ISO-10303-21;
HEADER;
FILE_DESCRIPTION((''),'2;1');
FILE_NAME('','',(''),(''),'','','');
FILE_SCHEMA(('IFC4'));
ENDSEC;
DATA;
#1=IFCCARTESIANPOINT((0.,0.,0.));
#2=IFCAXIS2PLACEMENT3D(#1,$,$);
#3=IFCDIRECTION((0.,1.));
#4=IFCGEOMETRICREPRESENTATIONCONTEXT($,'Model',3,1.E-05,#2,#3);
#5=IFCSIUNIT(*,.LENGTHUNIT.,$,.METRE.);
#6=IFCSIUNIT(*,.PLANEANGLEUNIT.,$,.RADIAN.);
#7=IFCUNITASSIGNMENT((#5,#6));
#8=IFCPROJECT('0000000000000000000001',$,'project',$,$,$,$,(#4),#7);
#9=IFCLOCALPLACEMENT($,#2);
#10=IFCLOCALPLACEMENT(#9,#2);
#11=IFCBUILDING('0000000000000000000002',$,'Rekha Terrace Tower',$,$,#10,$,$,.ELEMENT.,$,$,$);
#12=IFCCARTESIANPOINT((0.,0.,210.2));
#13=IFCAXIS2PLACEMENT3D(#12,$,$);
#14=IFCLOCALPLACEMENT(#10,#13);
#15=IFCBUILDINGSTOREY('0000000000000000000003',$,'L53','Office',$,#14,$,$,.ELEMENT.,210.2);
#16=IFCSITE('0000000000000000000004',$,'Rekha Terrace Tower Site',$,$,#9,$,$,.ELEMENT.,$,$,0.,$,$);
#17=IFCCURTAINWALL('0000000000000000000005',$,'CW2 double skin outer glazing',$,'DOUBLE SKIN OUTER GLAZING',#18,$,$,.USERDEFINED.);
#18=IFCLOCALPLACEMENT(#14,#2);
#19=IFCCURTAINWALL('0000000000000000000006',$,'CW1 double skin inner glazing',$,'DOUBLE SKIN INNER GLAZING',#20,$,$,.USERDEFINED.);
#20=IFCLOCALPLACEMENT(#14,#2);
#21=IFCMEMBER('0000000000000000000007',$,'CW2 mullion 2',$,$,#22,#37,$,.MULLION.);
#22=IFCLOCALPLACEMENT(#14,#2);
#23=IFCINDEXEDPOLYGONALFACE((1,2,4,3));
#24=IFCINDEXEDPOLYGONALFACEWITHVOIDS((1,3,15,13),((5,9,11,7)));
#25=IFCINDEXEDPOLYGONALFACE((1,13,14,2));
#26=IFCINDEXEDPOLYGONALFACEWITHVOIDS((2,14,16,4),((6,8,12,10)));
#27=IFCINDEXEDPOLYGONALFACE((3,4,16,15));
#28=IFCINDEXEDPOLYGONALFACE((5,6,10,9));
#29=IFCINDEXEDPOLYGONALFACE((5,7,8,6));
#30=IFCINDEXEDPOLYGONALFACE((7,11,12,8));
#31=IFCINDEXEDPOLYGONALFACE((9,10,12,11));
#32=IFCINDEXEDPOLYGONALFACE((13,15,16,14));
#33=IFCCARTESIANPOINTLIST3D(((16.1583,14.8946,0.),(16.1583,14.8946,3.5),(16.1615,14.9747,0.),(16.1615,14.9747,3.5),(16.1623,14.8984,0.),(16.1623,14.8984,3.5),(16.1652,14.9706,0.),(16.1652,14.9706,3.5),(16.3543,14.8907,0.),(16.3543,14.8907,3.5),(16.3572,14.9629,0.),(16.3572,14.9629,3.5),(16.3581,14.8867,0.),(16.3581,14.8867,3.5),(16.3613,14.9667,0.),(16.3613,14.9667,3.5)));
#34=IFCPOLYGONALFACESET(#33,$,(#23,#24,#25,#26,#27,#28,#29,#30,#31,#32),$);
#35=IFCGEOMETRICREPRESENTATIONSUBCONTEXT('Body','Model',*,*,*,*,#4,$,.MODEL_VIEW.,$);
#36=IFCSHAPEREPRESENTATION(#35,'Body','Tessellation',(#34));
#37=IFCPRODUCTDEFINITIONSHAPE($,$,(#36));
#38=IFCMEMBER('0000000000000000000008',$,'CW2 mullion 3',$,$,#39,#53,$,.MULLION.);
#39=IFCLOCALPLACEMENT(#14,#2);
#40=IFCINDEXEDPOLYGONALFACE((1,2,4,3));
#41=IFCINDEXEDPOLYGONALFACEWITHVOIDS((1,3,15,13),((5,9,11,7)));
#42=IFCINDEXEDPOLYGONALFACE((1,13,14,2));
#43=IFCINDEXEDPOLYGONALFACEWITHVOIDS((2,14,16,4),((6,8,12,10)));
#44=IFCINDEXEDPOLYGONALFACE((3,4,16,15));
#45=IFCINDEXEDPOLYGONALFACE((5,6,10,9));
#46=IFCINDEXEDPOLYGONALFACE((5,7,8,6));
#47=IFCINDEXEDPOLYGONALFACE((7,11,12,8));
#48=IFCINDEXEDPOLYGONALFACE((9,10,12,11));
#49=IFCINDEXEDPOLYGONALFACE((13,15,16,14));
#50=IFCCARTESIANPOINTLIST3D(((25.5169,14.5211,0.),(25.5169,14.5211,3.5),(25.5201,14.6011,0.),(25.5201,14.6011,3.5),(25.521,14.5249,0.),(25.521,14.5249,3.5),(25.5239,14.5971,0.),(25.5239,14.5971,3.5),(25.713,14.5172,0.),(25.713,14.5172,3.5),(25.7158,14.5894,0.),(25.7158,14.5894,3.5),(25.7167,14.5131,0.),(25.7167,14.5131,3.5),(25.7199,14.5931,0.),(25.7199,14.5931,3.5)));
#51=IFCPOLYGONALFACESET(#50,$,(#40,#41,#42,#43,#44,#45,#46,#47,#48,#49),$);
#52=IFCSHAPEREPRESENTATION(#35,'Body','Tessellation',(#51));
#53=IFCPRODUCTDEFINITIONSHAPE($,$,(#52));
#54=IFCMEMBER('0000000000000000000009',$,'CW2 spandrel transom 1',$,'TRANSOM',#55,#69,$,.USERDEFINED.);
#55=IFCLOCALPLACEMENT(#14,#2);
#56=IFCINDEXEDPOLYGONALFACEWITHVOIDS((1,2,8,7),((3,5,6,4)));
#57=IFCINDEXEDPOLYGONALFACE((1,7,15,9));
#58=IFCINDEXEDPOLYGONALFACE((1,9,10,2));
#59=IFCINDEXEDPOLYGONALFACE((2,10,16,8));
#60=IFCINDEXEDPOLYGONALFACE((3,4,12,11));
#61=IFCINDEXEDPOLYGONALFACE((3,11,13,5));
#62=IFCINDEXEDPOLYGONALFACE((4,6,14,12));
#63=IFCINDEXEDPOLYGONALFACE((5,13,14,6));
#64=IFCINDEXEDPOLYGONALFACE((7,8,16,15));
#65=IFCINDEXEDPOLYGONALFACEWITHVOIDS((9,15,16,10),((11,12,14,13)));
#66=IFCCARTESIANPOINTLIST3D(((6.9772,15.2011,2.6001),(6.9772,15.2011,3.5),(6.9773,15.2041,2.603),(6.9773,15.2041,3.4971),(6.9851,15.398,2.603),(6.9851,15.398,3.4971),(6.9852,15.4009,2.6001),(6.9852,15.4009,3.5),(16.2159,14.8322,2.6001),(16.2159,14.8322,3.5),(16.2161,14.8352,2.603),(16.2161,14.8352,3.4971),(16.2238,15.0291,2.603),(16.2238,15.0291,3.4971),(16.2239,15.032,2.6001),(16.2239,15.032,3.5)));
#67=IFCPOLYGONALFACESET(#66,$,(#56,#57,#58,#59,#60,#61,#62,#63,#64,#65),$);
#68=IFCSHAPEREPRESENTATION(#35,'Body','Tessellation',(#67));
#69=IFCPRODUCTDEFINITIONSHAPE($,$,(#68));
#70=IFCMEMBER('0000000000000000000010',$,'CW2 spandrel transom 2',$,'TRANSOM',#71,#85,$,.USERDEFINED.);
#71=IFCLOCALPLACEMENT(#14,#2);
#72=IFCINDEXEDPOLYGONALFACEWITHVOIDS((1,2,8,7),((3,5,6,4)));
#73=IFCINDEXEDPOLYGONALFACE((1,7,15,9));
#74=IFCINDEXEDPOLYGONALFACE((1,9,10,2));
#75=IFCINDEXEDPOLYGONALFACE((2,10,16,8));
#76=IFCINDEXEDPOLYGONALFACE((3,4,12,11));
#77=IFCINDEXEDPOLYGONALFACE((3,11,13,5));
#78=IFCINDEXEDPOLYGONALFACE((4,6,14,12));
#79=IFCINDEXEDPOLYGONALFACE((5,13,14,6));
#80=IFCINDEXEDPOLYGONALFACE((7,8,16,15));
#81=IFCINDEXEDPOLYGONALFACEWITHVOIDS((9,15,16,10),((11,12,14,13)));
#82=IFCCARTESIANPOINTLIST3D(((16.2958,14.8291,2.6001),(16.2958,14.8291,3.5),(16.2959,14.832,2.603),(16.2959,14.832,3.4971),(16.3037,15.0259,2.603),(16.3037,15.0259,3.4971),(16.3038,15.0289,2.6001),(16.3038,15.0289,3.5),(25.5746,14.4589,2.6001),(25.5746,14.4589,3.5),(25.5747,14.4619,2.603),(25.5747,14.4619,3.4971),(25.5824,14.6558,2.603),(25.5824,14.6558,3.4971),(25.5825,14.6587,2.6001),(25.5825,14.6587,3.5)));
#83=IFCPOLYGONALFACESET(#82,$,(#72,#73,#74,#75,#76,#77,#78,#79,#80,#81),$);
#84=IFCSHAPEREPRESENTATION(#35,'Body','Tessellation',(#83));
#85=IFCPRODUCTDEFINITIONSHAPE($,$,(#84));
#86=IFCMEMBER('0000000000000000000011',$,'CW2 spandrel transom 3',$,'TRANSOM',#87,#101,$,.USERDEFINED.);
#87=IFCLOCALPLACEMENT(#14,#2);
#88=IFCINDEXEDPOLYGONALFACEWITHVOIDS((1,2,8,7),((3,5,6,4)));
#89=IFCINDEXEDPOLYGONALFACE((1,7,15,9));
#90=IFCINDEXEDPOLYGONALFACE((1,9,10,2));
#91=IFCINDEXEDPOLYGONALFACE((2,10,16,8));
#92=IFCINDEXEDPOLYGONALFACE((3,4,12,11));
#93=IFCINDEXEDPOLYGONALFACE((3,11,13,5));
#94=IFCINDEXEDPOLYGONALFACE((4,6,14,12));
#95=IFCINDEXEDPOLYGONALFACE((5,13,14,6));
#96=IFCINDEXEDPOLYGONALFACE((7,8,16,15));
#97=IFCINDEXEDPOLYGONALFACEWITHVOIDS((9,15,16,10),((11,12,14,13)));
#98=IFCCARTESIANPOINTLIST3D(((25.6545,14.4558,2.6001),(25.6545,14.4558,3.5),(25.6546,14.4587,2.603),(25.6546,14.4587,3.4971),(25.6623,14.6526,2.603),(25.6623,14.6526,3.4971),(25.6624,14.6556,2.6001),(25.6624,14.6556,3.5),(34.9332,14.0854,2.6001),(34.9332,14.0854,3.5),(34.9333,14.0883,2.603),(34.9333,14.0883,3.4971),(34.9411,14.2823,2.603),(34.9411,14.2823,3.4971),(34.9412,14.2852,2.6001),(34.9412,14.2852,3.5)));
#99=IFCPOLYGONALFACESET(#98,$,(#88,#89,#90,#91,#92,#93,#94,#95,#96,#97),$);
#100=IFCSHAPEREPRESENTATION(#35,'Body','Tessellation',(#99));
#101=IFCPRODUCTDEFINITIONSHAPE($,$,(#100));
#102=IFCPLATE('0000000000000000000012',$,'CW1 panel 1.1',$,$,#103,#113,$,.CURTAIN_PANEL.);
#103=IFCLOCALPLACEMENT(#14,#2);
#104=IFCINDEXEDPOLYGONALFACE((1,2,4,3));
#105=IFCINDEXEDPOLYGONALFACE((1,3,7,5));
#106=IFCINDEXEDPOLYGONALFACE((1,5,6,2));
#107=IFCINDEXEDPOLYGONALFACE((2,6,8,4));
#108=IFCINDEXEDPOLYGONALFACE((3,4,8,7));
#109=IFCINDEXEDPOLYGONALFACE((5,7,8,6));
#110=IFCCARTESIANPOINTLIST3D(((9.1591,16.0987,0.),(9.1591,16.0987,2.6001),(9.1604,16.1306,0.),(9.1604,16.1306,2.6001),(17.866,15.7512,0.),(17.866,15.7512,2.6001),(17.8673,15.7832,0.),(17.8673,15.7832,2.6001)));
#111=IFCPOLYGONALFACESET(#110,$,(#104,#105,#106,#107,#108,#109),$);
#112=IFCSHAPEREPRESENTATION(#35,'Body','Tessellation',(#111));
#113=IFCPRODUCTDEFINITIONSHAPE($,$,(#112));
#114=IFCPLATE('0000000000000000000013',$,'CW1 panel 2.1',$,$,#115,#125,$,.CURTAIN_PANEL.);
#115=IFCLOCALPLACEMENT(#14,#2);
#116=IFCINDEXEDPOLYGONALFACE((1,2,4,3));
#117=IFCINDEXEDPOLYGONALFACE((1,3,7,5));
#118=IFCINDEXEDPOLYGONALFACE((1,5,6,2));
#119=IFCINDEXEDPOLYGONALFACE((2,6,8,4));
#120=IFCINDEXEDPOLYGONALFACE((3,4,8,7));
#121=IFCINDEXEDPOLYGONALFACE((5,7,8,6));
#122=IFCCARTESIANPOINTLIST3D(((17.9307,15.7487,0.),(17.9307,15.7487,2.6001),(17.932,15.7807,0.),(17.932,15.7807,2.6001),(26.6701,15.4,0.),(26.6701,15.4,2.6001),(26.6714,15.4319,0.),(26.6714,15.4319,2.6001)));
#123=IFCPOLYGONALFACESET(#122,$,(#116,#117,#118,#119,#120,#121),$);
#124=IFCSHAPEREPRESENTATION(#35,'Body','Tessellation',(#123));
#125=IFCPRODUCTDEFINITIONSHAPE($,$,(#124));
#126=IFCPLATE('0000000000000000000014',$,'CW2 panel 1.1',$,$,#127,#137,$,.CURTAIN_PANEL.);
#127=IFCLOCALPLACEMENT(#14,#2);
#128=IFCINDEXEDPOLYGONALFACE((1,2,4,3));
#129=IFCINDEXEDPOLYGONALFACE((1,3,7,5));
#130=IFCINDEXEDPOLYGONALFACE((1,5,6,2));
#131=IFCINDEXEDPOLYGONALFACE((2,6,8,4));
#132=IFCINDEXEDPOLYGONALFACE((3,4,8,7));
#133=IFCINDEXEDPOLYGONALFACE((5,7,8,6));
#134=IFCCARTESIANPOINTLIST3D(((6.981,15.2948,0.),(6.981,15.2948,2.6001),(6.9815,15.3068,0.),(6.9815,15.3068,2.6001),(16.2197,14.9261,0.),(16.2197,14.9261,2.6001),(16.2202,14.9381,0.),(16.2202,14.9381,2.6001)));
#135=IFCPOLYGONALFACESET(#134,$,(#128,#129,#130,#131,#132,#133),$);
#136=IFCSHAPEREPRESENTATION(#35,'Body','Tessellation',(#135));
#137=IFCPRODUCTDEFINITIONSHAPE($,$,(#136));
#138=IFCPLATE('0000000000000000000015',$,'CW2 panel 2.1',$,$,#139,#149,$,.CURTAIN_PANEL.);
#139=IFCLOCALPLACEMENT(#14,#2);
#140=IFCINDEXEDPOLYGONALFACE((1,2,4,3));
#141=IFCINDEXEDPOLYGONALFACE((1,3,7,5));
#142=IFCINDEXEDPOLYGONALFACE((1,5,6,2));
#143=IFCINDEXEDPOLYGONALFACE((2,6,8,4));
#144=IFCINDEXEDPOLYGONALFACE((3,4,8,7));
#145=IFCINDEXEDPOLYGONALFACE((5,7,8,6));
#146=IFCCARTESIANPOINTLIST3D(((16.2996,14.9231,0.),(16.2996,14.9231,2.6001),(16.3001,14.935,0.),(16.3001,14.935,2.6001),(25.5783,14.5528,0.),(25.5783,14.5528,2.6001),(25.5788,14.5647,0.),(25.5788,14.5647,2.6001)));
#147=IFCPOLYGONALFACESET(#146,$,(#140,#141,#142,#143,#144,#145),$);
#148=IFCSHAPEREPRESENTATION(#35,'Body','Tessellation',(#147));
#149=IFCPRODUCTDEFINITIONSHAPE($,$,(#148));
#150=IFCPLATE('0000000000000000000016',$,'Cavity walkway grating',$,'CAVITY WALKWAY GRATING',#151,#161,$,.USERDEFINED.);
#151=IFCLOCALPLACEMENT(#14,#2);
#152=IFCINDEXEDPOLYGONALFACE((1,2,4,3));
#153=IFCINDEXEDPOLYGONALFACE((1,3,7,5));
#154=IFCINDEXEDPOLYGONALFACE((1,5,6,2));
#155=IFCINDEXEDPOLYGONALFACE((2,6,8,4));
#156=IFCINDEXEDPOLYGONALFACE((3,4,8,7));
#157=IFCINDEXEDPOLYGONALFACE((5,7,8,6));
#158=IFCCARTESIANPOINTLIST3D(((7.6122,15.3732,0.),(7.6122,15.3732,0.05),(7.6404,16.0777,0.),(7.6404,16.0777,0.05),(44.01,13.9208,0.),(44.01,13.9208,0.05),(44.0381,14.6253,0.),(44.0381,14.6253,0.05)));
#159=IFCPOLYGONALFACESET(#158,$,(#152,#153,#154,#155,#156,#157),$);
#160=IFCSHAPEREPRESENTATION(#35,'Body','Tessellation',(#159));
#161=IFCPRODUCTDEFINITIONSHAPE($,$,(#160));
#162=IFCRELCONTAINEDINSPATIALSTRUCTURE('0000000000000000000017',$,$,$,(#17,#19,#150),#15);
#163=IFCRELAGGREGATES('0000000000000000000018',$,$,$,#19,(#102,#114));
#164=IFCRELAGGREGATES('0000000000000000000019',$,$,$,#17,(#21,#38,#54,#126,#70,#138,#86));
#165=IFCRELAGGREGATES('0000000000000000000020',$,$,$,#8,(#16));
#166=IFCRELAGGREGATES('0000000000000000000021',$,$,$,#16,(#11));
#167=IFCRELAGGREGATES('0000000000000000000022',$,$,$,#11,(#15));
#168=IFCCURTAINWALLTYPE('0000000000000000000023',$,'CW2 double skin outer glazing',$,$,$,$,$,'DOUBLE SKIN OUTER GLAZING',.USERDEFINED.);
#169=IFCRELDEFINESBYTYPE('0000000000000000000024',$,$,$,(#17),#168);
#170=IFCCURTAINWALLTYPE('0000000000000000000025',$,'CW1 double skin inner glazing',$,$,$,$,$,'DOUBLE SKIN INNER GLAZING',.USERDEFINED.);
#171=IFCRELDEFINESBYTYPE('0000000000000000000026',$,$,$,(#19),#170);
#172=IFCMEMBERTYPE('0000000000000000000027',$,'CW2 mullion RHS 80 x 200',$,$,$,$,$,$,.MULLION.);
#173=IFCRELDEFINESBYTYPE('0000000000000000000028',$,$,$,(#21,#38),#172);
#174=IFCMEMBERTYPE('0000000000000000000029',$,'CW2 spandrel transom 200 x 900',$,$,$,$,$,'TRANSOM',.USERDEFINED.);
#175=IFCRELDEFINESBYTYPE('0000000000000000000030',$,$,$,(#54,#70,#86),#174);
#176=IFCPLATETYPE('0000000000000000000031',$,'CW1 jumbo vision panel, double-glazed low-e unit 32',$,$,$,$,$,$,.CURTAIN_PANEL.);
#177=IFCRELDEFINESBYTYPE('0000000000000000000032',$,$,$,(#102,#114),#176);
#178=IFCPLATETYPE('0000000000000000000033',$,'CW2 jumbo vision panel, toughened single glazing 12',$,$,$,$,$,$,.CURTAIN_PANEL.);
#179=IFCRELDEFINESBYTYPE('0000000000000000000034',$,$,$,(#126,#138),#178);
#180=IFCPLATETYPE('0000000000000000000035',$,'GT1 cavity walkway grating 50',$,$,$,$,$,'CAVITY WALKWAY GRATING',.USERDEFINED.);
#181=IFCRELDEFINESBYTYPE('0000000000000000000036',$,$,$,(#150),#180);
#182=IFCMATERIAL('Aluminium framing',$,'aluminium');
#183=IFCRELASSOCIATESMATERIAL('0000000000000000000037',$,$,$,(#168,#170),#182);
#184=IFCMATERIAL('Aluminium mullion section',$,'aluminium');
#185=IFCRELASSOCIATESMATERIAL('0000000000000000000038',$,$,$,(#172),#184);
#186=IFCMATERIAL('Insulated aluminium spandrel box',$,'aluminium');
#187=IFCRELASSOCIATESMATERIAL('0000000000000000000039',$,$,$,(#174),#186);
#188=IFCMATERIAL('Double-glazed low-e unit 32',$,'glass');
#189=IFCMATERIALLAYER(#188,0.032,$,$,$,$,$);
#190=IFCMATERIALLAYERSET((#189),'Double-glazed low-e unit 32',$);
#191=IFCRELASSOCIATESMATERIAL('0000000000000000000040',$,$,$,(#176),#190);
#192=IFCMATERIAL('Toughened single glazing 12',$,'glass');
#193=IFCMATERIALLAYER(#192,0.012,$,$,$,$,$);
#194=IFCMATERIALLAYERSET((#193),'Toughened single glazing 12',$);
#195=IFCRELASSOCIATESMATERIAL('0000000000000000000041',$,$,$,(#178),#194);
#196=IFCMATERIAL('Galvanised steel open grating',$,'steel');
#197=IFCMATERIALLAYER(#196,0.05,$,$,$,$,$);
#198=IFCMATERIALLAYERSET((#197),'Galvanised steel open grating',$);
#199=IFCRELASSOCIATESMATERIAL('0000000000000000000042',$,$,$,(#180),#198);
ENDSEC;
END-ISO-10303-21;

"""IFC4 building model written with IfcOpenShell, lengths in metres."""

from ifc_helpers import new_model, si_unit, direction, frame, origin, origin_2d, place, context, subcontext, project, spatial, rectangle, hollow_rectangle, extrude, material, layer, layer_set, material_profile, profile_set, type_object, element, aggregate, save


model = new_model("IFC4")

# Units and contexts
model_context = context("Model", 3, precision=1e-05, world=origin(), true_north=direction((0.0, 1.0)))
body_context = subcontext(model_context, "Body", "Model", "MODEL_VIEW")
ifc_project = project(units=[si_unit("LENGTHUNIT", "METRE"), si_unit("PLANEANGLEUNIT", "RADIAN")], contexts=[model_context])

# Site, building, storey
site_placement = place(None, origin())
site = spatial("IfcSite", under=ifc_project, at=site_placement, Name="Rekha Terrace Tower Site", CompositionType="ELEMENT", RefElevation=0.0)
building_placement = place(site_placement, origin())
building = spatial("IfcBuilding", under=site, at=building_placement, Name="Rekha Terrace Tower", CompositionType="ELEMENT")
storey_placement = place(building_placement, frame((0.0, 0.0, 210.2)))
storey = spatial("IfcBuildingStorey", under=building, at=storey_placement, Name="L53", Description="Office", CompositionType="ELEMENT", Elevation=210.2)

# Curtain walls
ifc_material_1 = material(Name="Aluminium framing", Category="aluminium")
curtain_wall_type_1 = type_object("IfcCurtainWallType", Name="CW2 double skin outer glazing", ElementType="DOUBLE SKIN OUTER GLAZING", PredefinedType="USERDEFINED", material=ifc_material_1)
curtain_wall_1_placement = place(storey_placement, origin())
curtain_wall_1 = element("IfcCurtainWall", 1, at=curtain_wall_1_placement, inside=storey, type_object=curtain_wall_type_1, Name="CW2 double skin outer glazing", ObjectType="DOUBLE SKIN OUTER GLAZING", PredefinedType="USERDEFINED")
curtain_wall_type_2 = type_object("IfcCurtainWallType", Name="CW1 double skin inner glazing", ElementType="DOUBLE SKIN INNER GLAZING", PredefinedType="USERDEFINED", material=ifc_material_1)
curtain_wall_2_placement = place(storey_placement, origin())
curtain_wall_2 = element("IfcCurtainWall", 2, at=curtain_wall_2_placement, inside=storey, type_object=curtain_wall_type_2, Name="CW1 double skin inner glazing", ObjectType="DOUBLE SKIN INNER GLAZING", PredefinedType="USERDEFINED")
ifc_material_2 = material(Name="Aluminium mullion section", Category="aluminium")

# Members
ifc_material_3 = material(Name="Insulated aluminium spandrel box", Category="aluminium")
ifc_material_profile_1 = material_profile(ifc_material_2, hollow_rectangle(XDim=0.0801, YDim=0.2, WallThickness=0.0039, at=origin_2d()), Name="AL RHS 80x200")
ifc_profile_set_1 = profile_set([ifc_material_profile_1], Name="Aluminium mullion section")
member_type_1 = type_object("IfcMemberType", Name="CW2 mullion RHS 80 x 200", PredefinedType="MULLION", material=ifc_profile_set_1)
member_1_placement = place(storey_placement, frame((16.2598, 14.9307, 0.0), z_axis=(0.0, 0.0, 1.0), x_axis=(0.039872, 0.999205, 0.0)))
member_1 = element("IfcMember", 3, at=member_1_placement, type_object=member_type_1, Name="CW2 mullion 2", PredefinedType="MULLION", context=body_context, shape_type="SweptSolid", body=[
    extrude(hollow_rectangle(XDim=0.0801, YDim=0.2, WallThickness=0.0039, at=origin_2d()), origin(), (0.0, 0.0, 1.0), 3.5),
])
member_2_placement = place(storey_placement, frame((25.6184, 14.5571, 0.0), z_axis=(0.0, 0.0, 1.0), x_axis=(0.039872, 0.999205, 0.0)))
member_2 = element("IfcMember", 4, at=member_2_placement, type_object=member_type_1, Name="CW2 mullion 3", PredefinedType="MULLION", context=body_context, shape_type="SweptSolid", body=[
    extrude(hollow_rectangle(XDim=0.0801, YDim=0.2, WallThickness=0.0039, at=origin_2d()), origin(), (0.0, 0.0, 1.0), 3.5),
])
ifc_material_profile_2 = material_profile(ifc_material_3, hollow_rectangle(XDim=0.2, YDim=0.8999, WallThickness=0.0029, at=origin_2d()), Name="AL SPANDREL BOX 200x900")
ifc_profile_set_2 = profile_set([ifc_material_profile_2], Name="Insulated aluminium spandrel box")
member_type_2 = type_object("IfcMemberType", Name="CW2 spandrel transom 200 x 900", ElementType="TRANSOM", PredefinedType="USERDEFINED", material=ifc_profile_set_2)
member_3_placement = place(storey_placement, frame((6.9812, 15.301, 3.05), z_axis=(0.999204, -0.039897, 0.0), x_axis=(0.039897, 0.999204, 0.0)))
member_3 = element("IfcMember", 5, at=member_3_placement, type_object=member_type_2, Name="CW2 spandrel transom 1", ObjectType="TRANSOM", PredefinedType="USERDEFINED", context=body_context, shape_type="SweptSolid", body=[
    extrude(hollow_rectangle(XDim=0.2, YDim=0.8999, WallThickness=0.0029, at=origin_2d()), origin(), (0.0, 0.0, 1.0), 9.2461),
])
member_4_placement = place(storey_placement, frame((16.2998, 14.929, 3.05), z_axis=(0.999205, -0.039857, 0.0), x_axis=(0.039857, 0.999205, 0.0)))
member_4 = element("IfcMember", 6, at=member_4_placement, type_object=member_type_2, Name="CW2 spandrel transom 2", ObjectType="TRANSOM", PredefinedType="USERDEFINED", context=body_context, shape_type="SweptSolid", body=[
    extrude(hollow_rectangle(XDim=0.2, YDim=0.8999, WallThickness=0.0029, at=origin_2d()), origin(), (0.0, 0.0, 1.0), 9.2861),
])
member_5_placement = place(storey_placement, frame((25.6584, 14.5557, 3.05), z_axis=(0.999204, -0.039883, 0.0), x_axis=(0.039883, 0.999204, 0.0)))
member_5 = element("IfcMember", 7, at=member_5_placement, type_object=member_type_2, Name="CW2 spandrel transom 3", ObjectType="TRANSOM", PredefinedType="USERDEFINED", context=body_context, shape_type="SweptSolid", body=[
    extrude(hollow_rectangle(XDim=0.2, YDim=0.8999, WallThickness=0.0029, at=origin_2d()), origin(), (0.0, 0.0, 1.0), 9.2861),
])

# Plates
ifc_material_4 = material(Name="Double-glazed low-e unit 32", Category="glass")
ifc_layer_1 = layer(ifc_material_4, 0.032)
ifc_layer_set_1 = layer_set([ifc_layer_1], Name="Double-glazed low-e unit 32")
plate_type_1 = type_object("IfcPlateType", Name="CW1 jumbo vision panel, double-glazed low-e unit 32", PredefinedType="CURTAIN_PANEL", material=ifc_layer_set_1)
plate_1_placement = place(storey_placement, frame((13.5132, 15.9409, 0.0), z_axis=(0.0, 0.0, 1.0), x_axis=(0.999205, -0.039872, 0.0)))
plate_1 = element("IfcPlate", 8, at=plate_1_placement, type_object=plate_type_1, Name="CW1 panel 1.1", PredefinedType="CURTAIN_PANEL", context=body_context, shape_type="SweptSolid", body=[
    extrude(rectangle(XDim=8.7139, YDim=0.032, at=origin_2d()), origin(), (0.0, 0.0, 1.0), 2.6001),
])
plate_2_placement = place(storey_placement, frame((22.301, 15.5903, 0.0), z_axis=(0.0, 0.0, 1.0), x_axis=(0.999205, -0.039872, 0.0)))
plate_2 = element("IfcPlate", 9, at=plate_2_placement, type_object=plate_type_1, Name="CW1 panel 2.1", PredefinedType="CURTAIN_PANEL", context=body_context, shape_type="SweptSolid", body=[
    extrude(rectangle(XDim=8.7463, YDim=0.032, at=origin_2d()), origin(), (0.0, 0.0, 1.0), 2.6001),
])
aggregate(curtain_wall_2, [plate_1, plate_2])
ifc_material_5 = material(Name="Toughened single glazing 12", Category="glass")
ifc_layer_2 = layer(ifc_material_5, 0.012)
ifc_layer_set_2 = layer_set([ifc_layer_2], Name="Toughened single glazing 12")
plate_type_2 = type_object("IfcPlateType", Name="CW2 jumbo vision panel, toughened single glazing 12", PredefinedType="CURTAIN_PANEL", material=ifc_layer_set_2)
plate_3_placement = place(storey_placement, frame((11.6006, 15.1165, 0.0), z_axis=(0.0, 0.0, 1.0), x_axis=(0.999205, -0.039872, 0.0)))
plate_3 = element("IfcPlate", 10, at=plate_3_placement, type_object=plate_type_2, Name="CW2 panel 1.1", PredefinedType="CURTAIN_PANEL", context=body_context, shape_type="SweptSolid", body=[
    extrude(rectangle(XDim=9.2461, YDim=0.012, at=origin_2d()), origin(), (0.0, 0.0, 1.0), 2.6001),
])
plate_4_placement = place(storey_placement, frame((20.9392, 14.7439, 0.0), z_axis=(0.0, 0.0, 1.0), x_axis=(0.999205, -0.039872, 0.0)))
plate_4 = element("IfcPlate", 11, at=plate_4_placement, type_object=plate_type_2, Name="CW2 panel 2.1", PredefinedType="CURTAIN_PANEL", context=body_context, shape_type="SweptSolid", body=[
    extrude(rectangle(XDim=9.2861, YDim=0.012, at=origin_2d()), origin(), (0.0, 0.0, 1.0), 2.6001),
])
aggregate(curtain_wall_1, [member_1, member_2, member_3, plate_3, member_4, plate_4, member_5])
ifc_material_6 = material(Name="Galvanised steel open grating", Category="steel")
ifc_layer_3 = layer(ifc_material_6, 0.05)
ifc_layer_set_3 = layer_set([ifc_layer_3], Name="Galvanised steel open grating")
plate_type_3 = type_object("IfcPlateType", Name="GT1 cavity walkway grating 50", ElementType="CAVITY WALKWAY GRATING", PredefinedType="USERDEFINED", material=ifc_layer_set_3)
plate_5_placement = place(storey_placement, frame((25.8252, 14.9993, 0.0), z_axis=(0.0, 0.0, 1.0), x_axis=(0.999205, -0.039872, 0.0)))
element("IfcPlate", 12, at=plate_5_placement, inside=storey, type_object=plate_type_3, Name="Cavity walkway grating", ObjectType="CAVITY WALKWAY GRATING", PredefinedType="USERDEFINED", context=body_context, shape_type="SweptSolid", body=[
    extrude(rectangle(XDim=36.4268, YDim=0.7051, at=origin_2d()), origin(), (0.0, 0.0, 1.0), 0.05),
])

save(model, "model.ifc")
